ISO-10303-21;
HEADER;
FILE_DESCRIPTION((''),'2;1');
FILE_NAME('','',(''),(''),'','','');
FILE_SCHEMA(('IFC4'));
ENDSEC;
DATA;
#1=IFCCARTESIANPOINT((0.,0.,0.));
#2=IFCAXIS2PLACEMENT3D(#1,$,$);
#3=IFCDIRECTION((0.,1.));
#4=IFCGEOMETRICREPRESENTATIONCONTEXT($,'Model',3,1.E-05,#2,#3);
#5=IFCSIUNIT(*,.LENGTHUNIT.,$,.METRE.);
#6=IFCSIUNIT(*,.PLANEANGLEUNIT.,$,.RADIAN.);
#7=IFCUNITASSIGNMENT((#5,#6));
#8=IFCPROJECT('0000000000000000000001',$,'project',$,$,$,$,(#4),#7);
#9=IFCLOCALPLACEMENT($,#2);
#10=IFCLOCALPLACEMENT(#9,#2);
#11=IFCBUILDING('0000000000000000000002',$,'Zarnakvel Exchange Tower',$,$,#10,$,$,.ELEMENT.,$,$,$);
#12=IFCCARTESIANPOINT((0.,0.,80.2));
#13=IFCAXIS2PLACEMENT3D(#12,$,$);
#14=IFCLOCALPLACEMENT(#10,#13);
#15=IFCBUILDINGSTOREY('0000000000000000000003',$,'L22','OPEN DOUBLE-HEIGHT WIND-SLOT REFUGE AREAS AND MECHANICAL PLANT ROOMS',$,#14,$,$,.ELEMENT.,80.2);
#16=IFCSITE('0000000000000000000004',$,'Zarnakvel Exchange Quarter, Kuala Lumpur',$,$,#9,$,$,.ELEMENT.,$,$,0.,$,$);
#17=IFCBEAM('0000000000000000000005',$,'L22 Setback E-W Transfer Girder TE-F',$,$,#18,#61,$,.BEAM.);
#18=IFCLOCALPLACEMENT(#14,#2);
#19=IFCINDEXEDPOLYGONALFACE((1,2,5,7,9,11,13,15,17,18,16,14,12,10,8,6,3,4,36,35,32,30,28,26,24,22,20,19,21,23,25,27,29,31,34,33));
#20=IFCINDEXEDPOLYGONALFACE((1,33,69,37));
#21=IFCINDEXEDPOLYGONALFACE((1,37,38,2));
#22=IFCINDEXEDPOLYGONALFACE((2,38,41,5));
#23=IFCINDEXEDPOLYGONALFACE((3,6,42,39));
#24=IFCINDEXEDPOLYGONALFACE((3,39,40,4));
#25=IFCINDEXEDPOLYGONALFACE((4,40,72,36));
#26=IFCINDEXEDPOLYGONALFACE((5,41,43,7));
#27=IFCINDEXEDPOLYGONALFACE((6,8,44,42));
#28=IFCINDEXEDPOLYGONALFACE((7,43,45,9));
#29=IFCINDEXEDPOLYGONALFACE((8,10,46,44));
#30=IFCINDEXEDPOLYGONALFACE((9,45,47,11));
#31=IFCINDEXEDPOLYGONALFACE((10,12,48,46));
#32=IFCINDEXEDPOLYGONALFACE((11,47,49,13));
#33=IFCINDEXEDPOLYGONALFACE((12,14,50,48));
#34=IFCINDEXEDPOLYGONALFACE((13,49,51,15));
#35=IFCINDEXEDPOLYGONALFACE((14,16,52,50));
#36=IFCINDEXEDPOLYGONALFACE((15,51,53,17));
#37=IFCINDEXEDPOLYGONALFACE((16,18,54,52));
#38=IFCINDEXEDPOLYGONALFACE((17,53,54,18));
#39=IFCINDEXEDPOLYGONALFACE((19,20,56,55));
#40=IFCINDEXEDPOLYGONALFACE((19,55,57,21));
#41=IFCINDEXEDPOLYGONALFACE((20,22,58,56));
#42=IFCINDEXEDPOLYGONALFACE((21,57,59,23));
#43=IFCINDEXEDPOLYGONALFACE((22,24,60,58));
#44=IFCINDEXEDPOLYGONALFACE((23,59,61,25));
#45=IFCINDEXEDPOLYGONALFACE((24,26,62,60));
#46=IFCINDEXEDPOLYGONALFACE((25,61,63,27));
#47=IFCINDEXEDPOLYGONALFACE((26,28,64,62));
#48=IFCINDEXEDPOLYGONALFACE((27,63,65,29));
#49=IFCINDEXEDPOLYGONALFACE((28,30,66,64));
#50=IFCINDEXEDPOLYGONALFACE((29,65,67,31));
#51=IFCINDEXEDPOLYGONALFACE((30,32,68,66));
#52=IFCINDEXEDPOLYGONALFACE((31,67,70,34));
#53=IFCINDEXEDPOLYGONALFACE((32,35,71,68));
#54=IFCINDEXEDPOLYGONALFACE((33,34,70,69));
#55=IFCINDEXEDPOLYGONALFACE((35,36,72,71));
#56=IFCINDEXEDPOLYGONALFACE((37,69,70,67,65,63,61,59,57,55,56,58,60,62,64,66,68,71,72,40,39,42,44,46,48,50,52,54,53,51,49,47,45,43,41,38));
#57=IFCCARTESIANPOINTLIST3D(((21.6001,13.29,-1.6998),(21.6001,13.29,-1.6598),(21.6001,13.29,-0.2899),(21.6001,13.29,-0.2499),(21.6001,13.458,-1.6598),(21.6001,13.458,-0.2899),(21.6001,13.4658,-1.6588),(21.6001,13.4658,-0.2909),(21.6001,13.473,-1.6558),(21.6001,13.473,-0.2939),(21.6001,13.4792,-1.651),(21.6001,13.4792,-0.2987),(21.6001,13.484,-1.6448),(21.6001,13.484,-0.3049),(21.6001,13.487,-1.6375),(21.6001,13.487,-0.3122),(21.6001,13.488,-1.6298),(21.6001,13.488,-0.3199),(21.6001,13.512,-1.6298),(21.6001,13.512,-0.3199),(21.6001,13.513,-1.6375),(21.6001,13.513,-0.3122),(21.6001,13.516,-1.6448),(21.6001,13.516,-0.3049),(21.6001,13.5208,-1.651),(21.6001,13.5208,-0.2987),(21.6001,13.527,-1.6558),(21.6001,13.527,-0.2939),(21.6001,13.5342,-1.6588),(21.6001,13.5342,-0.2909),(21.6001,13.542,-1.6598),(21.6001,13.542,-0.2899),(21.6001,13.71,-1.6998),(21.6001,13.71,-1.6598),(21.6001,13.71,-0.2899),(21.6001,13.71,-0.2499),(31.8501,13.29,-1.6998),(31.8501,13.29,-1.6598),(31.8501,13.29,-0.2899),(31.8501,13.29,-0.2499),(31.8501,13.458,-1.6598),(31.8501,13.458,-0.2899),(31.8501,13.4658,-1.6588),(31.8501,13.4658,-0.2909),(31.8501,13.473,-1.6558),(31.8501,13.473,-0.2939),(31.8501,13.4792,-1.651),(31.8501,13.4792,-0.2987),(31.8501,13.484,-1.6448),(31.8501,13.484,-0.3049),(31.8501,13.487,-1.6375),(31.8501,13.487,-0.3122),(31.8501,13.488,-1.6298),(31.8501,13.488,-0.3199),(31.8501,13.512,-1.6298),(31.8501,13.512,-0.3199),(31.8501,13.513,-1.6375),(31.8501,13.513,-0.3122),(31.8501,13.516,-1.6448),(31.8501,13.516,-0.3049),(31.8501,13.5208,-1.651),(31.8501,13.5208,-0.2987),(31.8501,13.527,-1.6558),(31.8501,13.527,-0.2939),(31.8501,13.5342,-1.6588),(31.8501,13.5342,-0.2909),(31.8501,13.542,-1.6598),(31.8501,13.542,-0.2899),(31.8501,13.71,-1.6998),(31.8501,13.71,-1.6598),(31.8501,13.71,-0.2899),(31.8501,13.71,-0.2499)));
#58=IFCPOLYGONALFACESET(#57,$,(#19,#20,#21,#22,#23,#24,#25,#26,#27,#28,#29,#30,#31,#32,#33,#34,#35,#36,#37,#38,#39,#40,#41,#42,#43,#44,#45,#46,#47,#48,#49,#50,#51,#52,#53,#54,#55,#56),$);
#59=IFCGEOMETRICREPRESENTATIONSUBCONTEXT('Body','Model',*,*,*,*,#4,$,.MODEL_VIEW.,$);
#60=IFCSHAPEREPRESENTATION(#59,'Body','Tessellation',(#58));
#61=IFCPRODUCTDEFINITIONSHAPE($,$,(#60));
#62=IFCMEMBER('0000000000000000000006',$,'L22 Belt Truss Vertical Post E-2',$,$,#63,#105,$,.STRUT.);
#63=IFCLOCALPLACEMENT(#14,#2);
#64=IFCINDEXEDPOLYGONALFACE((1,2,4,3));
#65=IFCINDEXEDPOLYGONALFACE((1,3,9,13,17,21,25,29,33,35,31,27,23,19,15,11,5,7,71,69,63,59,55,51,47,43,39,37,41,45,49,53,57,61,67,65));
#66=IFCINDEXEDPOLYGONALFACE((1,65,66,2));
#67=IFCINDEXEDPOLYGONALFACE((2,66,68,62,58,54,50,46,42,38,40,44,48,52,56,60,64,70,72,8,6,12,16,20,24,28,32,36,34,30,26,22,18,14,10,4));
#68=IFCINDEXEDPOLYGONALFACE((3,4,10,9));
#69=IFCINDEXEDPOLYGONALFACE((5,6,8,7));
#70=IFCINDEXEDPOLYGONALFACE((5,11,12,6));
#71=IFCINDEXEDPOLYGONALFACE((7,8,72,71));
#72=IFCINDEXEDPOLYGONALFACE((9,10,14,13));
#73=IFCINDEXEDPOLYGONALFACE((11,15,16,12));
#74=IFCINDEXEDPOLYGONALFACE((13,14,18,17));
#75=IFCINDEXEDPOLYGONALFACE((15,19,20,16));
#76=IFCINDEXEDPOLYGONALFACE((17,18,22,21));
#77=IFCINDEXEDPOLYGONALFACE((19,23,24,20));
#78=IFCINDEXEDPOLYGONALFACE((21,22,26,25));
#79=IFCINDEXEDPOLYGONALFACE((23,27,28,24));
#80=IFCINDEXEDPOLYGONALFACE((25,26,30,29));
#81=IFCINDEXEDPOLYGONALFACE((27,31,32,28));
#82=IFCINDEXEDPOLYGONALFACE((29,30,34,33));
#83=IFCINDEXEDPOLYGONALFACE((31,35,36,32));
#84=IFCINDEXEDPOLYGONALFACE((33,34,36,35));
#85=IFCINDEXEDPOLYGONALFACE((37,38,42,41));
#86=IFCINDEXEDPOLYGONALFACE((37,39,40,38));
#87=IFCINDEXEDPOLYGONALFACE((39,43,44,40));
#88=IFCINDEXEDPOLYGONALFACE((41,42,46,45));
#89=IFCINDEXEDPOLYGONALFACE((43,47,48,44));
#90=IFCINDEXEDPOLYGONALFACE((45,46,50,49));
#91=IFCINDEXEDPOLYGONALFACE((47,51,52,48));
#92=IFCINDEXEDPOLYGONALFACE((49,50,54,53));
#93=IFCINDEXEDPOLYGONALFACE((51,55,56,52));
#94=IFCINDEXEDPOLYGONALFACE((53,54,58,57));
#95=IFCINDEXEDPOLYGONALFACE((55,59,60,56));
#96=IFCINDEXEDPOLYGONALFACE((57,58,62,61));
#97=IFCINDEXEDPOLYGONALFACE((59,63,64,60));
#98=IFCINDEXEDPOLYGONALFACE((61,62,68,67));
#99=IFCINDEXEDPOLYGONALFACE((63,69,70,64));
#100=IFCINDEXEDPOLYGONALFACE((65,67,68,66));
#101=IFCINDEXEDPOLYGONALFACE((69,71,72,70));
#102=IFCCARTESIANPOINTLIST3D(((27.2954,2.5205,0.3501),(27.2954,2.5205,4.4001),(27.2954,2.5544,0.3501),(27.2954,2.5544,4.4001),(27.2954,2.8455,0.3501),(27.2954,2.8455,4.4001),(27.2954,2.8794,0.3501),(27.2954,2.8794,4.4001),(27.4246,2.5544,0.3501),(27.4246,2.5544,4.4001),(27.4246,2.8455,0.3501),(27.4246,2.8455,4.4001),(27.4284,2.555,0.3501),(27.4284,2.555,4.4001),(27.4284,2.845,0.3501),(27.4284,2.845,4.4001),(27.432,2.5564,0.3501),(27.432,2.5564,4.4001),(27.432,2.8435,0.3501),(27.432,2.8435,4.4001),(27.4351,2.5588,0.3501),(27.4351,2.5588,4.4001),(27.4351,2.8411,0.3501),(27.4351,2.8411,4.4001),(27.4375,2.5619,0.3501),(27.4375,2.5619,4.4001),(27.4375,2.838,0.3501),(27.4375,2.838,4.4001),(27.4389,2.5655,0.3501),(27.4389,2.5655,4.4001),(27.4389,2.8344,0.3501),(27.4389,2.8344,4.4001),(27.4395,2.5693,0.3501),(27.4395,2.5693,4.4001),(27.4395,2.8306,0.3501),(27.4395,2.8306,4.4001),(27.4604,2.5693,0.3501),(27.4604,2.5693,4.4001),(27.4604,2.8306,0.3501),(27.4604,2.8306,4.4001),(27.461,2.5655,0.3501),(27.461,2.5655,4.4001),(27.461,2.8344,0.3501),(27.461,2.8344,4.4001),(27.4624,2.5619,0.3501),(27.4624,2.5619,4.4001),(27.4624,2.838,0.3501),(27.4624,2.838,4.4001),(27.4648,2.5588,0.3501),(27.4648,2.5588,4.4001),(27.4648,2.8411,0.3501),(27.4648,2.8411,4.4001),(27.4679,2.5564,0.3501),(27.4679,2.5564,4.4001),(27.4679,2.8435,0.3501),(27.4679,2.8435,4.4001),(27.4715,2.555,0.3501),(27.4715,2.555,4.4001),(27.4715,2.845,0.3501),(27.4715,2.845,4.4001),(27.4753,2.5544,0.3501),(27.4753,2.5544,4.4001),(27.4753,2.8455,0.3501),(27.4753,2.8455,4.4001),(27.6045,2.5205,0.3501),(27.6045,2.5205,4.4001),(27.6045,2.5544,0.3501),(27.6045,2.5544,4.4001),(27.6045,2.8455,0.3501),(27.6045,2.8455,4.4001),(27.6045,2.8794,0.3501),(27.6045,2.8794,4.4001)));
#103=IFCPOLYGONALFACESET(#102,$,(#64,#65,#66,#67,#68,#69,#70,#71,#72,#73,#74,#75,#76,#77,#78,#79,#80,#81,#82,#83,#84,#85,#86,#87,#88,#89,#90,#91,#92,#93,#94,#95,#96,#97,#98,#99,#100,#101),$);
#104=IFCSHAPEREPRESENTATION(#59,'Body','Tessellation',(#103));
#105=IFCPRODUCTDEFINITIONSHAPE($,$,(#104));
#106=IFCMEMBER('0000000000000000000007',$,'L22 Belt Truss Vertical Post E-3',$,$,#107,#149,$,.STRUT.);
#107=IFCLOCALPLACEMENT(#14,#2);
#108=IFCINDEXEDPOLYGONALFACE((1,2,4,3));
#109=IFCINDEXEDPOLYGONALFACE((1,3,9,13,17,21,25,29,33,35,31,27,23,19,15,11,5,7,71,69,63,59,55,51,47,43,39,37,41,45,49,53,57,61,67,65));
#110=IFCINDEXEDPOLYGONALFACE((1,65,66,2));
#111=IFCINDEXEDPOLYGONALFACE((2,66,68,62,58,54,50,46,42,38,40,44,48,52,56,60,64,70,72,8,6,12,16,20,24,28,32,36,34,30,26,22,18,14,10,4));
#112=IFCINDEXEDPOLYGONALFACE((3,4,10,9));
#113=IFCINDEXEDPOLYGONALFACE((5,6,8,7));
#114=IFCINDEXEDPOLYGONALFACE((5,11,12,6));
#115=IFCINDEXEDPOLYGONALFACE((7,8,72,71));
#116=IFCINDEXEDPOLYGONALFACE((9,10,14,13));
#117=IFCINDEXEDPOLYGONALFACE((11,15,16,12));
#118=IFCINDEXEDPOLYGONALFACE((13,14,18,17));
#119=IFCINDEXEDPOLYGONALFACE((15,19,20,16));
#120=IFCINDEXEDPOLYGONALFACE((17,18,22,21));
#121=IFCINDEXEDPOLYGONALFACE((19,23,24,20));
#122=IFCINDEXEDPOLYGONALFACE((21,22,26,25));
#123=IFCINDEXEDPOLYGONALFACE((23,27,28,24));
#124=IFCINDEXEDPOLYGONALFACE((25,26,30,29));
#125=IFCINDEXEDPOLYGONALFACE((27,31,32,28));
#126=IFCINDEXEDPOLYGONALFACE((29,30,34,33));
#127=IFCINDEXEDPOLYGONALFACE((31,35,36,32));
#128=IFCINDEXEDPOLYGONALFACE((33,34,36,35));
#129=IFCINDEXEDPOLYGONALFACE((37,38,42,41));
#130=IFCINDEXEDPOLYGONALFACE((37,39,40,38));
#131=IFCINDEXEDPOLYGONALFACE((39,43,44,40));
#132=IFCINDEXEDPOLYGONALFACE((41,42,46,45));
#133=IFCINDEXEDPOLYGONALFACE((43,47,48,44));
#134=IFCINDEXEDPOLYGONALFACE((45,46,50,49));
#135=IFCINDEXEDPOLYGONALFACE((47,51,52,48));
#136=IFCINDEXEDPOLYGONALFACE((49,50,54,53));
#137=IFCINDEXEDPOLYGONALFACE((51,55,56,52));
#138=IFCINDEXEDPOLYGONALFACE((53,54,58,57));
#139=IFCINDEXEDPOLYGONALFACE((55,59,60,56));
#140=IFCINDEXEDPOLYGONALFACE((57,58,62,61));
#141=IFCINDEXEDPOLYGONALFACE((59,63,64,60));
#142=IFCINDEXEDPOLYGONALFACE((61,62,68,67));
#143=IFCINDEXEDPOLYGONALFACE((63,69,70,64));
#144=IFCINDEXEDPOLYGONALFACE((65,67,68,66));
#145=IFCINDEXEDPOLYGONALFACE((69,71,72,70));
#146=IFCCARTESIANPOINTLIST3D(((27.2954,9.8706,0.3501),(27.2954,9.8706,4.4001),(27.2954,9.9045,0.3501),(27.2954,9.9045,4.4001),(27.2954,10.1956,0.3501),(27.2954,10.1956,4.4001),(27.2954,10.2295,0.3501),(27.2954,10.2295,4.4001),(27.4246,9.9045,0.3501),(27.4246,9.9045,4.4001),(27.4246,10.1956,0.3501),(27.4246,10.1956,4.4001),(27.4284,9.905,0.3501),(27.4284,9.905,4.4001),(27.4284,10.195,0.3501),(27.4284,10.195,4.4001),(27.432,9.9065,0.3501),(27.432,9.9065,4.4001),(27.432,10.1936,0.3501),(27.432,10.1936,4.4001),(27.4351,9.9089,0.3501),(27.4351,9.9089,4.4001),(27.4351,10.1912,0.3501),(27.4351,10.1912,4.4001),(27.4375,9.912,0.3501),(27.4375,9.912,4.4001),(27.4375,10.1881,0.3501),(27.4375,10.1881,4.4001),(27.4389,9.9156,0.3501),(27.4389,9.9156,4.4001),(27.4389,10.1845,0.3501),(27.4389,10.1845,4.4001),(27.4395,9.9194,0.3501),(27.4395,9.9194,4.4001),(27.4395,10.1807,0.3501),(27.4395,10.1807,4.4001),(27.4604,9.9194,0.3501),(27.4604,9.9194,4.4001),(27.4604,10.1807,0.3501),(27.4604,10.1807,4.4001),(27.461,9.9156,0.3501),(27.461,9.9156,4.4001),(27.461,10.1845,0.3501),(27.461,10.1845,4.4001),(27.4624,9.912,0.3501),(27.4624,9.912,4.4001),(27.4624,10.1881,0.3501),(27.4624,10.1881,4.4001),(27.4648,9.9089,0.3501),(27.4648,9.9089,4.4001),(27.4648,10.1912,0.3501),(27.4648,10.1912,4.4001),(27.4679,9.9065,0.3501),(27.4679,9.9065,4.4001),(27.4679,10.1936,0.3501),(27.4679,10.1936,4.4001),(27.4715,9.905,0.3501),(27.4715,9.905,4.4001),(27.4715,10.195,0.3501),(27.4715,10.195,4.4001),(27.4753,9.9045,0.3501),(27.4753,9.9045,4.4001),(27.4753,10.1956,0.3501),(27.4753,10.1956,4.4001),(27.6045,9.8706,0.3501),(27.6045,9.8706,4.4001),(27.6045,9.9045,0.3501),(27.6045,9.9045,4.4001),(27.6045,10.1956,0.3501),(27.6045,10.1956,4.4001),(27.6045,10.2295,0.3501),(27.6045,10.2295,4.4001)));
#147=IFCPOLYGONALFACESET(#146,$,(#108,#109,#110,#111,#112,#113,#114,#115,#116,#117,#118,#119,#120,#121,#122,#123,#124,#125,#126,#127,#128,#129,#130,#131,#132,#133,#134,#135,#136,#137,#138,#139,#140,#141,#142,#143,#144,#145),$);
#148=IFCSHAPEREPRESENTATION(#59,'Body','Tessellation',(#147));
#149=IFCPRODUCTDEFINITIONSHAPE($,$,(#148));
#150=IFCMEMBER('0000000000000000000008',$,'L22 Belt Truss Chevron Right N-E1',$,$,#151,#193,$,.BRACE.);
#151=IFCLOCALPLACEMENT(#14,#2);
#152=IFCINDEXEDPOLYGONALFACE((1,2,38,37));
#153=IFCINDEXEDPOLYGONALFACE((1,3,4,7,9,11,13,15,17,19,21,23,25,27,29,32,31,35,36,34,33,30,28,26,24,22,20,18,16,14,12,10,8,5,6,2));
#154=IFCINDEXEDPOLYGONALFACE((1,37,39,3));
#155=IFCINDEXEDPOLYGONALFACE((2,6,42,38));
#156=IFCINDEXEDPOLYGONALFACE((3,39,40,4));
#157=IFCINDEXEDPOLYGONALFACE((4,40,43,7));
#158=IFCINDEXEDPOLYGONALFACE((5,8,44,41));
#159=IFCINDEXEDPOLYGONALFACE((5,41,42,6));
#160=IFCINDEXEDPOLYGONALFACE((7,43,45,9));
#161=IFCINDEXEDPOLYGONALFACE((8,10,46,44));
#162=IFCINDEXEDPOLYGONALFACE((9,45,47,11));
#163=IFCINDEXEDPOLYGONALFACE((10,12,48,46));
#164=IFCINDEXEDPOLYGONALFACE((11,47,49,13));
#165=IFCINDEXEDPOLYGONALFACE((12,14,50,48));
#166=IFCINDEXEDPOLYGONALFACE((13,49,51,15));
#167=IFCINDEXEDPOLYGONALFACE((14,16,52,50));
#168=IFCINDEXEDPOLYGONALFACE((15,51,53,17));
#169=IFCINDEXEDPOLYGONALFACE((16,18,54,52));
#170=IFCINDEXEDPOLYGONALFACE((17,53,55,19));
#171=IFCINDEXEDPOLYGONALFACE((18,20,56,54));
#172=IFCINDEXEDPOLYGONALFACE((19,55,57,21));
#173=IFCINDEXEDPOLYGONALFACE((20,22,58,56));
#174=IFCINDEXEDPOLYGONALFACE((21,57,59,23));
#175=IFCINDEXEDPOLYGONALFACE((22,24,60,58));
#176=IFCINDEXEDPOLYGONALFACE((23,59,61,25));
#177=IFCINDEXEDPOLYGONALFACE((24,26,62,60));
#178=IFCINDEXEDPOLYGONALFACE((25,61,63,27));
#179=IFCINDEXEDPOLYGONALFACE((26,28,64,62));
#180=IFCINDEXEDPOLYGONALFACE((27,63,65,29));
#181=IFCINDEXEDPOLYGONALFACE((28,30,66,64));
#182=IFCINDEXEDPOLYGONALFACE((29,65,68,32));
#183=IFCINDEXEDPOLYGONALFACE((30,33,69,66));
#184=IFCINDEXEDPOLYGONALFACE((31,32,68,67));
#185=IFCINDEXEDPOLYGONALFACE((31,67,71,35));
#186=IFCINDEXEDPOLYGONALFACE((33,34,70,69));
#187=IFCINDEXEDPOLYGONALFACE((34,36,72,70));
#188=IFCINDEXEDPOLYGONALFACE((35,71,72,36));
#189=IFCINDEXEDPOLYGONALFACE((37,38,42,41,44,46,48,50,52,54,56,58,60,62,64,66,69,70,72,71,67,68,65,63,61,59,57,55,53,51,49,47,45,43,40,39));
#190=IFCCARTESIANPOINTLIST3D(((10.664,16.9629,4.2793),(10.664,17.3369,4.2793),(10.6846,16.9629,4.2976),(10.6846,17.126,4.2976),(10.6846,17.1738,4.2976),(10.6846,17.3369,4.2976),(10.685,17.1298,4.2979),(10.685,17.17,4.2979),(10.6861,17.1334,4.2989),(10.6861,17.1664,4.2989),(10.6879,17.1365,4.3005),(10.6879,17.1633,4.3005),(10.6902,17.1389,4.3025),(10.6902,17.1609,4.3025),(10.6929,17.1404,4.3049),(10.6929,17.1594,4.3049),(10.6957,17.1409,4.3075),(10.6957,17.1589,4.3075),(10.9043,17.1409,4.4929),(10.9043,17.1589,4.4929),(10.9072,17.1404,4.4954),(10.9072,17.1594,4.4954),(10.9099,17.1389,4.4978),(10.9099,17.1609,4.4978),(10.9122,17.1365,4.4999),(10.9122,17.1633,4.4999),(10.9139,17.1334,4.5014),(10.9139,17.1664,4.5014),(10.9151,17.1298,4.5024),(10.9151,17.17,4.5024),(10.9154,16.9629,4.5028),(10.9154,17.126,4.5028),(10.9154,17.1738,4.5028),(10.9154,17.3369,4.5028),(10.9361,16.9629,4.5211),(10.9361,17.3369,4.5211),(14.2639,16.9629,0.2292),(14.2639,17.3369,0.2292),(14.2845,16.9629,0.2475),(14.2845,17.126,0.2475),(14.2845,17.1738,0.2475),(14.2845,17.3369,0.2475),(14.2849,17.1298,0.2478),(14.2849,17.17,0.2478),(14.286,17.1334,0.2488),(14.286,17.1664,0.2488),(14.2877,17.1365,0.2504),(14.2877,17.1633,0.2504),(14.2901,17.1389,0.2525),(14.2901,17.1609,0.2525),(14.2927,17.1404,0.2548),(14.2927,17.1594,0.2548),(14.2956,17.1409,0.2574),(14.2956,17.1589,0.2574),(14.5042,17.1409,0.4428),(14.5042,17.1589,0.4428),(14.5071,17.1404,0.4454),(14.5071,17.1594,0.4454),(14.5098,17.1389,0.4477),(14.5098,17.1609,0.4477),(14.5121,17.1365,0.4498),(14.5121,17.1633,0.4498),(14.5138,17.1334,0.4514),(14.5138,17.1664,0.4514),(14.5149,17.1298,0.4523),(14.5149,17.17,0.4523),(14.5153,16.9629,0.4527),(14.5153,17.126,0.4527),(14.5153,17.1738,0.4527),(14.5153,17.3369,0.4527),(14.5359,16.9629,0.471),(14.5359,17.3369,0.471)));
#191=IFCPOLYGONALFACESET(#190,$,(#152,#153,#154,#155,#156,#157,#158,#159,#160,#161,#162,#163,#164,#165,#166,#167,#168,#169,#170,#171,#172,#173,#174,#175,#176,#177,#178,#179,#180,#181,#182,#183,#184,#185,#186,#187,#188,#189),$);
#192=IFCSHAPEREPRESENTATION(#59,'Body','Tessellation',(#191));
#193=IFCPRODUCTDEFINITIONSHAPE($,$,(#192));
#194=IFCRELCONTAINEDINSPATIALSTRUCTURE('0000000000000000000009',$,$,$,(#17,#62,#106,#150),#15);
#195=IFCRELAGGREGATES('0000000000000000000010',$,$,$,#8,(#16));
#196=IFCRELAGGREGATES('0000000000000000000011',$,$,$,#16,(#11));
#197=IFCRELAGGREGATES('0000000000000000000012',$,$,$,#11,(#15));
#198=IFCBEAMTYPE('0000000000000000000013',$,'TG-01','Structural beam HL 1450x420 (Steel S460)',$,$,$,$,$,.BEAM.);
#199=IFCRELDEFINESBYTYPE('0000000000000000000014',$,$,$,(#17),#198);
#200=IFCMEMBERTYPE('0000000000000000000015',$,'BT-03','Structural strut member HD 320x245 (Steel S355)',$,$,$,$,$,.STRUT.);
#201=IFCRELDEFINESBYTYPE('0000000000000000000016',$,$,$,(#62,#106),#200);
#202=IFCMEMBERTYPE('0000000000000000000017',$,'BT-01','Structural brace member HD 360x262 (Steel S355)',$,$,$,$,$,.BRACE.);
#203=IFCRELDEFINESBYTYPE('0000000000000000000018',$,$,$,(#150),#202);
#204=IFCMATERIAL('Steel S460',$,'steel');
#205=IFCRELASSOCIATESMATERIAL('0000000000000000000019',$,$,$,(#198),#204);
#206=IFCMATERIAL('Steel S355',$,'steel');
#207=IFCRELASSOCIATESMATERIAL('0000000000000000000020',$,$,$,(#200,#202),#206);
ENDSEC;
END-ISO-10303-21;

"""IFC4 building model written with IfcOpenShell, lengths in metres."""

from ifc_helpers import new_model, si_unit, direction, frame, origin, origin_2d, place, context, subcontext, project, spatial, i_section, extrude, source, transform, mapped, material, material_profile, profile_set, type_object, element, save


model = new_model("IFC4")

# Units and contexts
model_context = context("Model", 3, precision=1e-05, world=origin(), true_north=direction((0.0, 1.0)))
body_context = subcontext(model_context, "Body", "Model", "MODEL_VIEW")
ifc_project = project(units=[si_unit("LENGTHUNIT", "METRE"), si_unit("PLANEANGLEUNIT", "RADIAN")], contexts=[model_context])

# Site, building, storey
site_placement = place(None, origin())
site = spatial("IfcSite", under=ifc_project, at=site_placement, Name="Zarnakvel Exchange Quarter, Kuala Lumpur", CompositionType="ELEMENT", RefElevation=0.0)
building_placement = place(site_placement, origin())
building = spatial("IfcBuilding", under=site, at=building_placement, Name="Zarnakvel Exchange Tower", CompositionType="ELEMENT")
storey_placement = place(building_placement, frame((0.0, 0.0, 80.2)))
storey = spatial("IfcBuildingStorey", under=building, at=storey_placement, Name="L22", Description="OPEN DOUBLE-HEIGHT WIND-SLOT REFUGE AREAS AND MECHANICAL PLANT ROOMS", CompositionType="ELEMENT", Elevation=80.2)

# Shared definitions
ifc_material_1 = material(Name="Steel S355", Category="steel")

# Beam
ifc_material_2 = material(Name="Steel S460", Category="steel")
ifc_material_profile_1 = material_profile(ifc_material_2, i_section(OverallWidth=0.4199, OverallDepth=1.45, WebThickness=0.0239, FlangeThickness=0.04, FilletRadius=0.03, at=origin_2d()))
ifc_profile_set_1 = profile_set([ifc_material_profile_1], Name="Steel S460")
beam_type_1 = type_object("IfcBeamType", Name="TG-01", Description="Structural beam HL 1450x420 (Steel S460)", PredefinedType="BEAM", material=ifc_profile_set_1)
beam_1_placement = place(storey_placement, frame((21.6001, 13.5, -0.9749), z_axis=(1.0, 0.0, 0.0), x_axis=(0.0, 1.0, 0.0)))
element("IfcBeam", 1, at=beam_1_placement, inside=storey, type_object=beam_type_1, Name="L22 Setback E-W Transfer Girder TE-F", PredefinedType="BEAM", context=body_context, shape_type="SweptSolid", body=[
    extrude(i_section(OverallWidth=0.4199, OverallDepth=1.45, WebThickness=0.0239, FlangeThickness=0.04, FilletRadius=0.03, at=origin_2d()), origin(), (0.0, 0.0, 1.0), 10.25),
])

# Members
ifc_material_profile_2 = material_profile(ifc_material_1, i_section(OverallWidth=0.3091, OverallDepth=0.3589, WebThickness=0.021, FlangeThickness=0.0339, FilletRadius=0.0149, at=origin_2d()))
ifc_profile_set_2 = profile_set([ifc_material_profile_2], Name="Steel S355")
member_type_1 = type_object("IfcMemberType", Name="BT-03", Description="Structural strut member HD 320x245 (Steel S355)", PredefinedType="STRUT", material=ifc_profile_set_2)
shared_shape_1 = source(origin(), body_context, "Body", "SweptSolid", [
    extrude(i_section(OverallWidth=0.3091, OverallDepth=0.3589, WebThickness=0.021, FlangeThickness=0.0339, FilletRadius=0.0149, at=origin_2d()), origin(), (0.0, 0.0, 1.0), 4.05),
])
for number, where, z_axis, x_axis, name in (
    (2, (27.45, 2.7, 0.3501), (0.0, 0.0, 1.0), (1.0, 0.0, 0.0), "L22 Belt Truss Vertical Post E-2"),
    (3, (27.45, 10.05, 0.3501), (0.0, 0.0, 1.0), (1.0, 0.0, 0.0), "L22 Belt Truss Vertical Post E-3"),
):
    element("IfcMember", number, at=place(storey_placement, frame(where, z_axis=z_axis, x_axis=x_axis)), inside=storey, type_object=member_type_1, Name=name, PredefinedType="STRUT", context=body_context, shape_type="MappedRepresentation", body=[
        mapped(shared_shape_1, transform((0.0, 0.0, 0.0), x_axis=(1.0, 0.0, 0.0), y_axis=(0.0, 1.0, 0.0), z_axis=(0.0, 0.0, 1.0), scale=1.0)),
    ])
ifc_material_profile_3 = material_profile(ifc_material_1, i_section(OverallWidth=0.374, OverallDepth=0.364, WebThickness=0.0181, FlangeThickness=0.0276, FilletRadius=0.0149, at=origin_2d()))
ifc_profile_set_3 = profile_set([ifc_material_profile_3], Name="Steel S355")
member_type_2 = type_object("IfcMemberType", Name="BT-01", Description="Structural brace member HD 360x262 (Steel S355)", PredefinedType="BRACE", material=ifc_profile_set_3)
shared_shape_2 = source(origin(), body_context, "Body", "SweptSolid", [
    extrude(i_section(OverallWidth=0.374, OverallDepth=0.364, WebThickness=0.0181, FlangeThickness=0.0276, FilletRadius=0.0149, at=origin_2d()), origin(), (0.0, 0.0, 1.0), 5.4187),
])
member_1_placement = place(storey_placement, frame((14.3999, 17.1499, 0.3501), z_axis=(-0.664344, 0.0, 0.747427), x_axis=(0.0, -1.0, 0.0)))
element("IfcMember", 4, at=member_1_placement, inside=storey, type_object=member_type_2, Name="L22 Belt Truss Chevron Right N-E1", PredefinedType="BRACE", context=body_context, shape_type="MappedRepresentation", body=[
    mapped(shared_shape_2, transform((0.0, 0.0, 0.0), x_axis=(1.0, 0.0, 0.0), y_axis=(0.0, 1.0, 0.0), z_axis=(0.0, 0.0, 1.0), scale=1.0)),
])

save(model, "model.ifc")
